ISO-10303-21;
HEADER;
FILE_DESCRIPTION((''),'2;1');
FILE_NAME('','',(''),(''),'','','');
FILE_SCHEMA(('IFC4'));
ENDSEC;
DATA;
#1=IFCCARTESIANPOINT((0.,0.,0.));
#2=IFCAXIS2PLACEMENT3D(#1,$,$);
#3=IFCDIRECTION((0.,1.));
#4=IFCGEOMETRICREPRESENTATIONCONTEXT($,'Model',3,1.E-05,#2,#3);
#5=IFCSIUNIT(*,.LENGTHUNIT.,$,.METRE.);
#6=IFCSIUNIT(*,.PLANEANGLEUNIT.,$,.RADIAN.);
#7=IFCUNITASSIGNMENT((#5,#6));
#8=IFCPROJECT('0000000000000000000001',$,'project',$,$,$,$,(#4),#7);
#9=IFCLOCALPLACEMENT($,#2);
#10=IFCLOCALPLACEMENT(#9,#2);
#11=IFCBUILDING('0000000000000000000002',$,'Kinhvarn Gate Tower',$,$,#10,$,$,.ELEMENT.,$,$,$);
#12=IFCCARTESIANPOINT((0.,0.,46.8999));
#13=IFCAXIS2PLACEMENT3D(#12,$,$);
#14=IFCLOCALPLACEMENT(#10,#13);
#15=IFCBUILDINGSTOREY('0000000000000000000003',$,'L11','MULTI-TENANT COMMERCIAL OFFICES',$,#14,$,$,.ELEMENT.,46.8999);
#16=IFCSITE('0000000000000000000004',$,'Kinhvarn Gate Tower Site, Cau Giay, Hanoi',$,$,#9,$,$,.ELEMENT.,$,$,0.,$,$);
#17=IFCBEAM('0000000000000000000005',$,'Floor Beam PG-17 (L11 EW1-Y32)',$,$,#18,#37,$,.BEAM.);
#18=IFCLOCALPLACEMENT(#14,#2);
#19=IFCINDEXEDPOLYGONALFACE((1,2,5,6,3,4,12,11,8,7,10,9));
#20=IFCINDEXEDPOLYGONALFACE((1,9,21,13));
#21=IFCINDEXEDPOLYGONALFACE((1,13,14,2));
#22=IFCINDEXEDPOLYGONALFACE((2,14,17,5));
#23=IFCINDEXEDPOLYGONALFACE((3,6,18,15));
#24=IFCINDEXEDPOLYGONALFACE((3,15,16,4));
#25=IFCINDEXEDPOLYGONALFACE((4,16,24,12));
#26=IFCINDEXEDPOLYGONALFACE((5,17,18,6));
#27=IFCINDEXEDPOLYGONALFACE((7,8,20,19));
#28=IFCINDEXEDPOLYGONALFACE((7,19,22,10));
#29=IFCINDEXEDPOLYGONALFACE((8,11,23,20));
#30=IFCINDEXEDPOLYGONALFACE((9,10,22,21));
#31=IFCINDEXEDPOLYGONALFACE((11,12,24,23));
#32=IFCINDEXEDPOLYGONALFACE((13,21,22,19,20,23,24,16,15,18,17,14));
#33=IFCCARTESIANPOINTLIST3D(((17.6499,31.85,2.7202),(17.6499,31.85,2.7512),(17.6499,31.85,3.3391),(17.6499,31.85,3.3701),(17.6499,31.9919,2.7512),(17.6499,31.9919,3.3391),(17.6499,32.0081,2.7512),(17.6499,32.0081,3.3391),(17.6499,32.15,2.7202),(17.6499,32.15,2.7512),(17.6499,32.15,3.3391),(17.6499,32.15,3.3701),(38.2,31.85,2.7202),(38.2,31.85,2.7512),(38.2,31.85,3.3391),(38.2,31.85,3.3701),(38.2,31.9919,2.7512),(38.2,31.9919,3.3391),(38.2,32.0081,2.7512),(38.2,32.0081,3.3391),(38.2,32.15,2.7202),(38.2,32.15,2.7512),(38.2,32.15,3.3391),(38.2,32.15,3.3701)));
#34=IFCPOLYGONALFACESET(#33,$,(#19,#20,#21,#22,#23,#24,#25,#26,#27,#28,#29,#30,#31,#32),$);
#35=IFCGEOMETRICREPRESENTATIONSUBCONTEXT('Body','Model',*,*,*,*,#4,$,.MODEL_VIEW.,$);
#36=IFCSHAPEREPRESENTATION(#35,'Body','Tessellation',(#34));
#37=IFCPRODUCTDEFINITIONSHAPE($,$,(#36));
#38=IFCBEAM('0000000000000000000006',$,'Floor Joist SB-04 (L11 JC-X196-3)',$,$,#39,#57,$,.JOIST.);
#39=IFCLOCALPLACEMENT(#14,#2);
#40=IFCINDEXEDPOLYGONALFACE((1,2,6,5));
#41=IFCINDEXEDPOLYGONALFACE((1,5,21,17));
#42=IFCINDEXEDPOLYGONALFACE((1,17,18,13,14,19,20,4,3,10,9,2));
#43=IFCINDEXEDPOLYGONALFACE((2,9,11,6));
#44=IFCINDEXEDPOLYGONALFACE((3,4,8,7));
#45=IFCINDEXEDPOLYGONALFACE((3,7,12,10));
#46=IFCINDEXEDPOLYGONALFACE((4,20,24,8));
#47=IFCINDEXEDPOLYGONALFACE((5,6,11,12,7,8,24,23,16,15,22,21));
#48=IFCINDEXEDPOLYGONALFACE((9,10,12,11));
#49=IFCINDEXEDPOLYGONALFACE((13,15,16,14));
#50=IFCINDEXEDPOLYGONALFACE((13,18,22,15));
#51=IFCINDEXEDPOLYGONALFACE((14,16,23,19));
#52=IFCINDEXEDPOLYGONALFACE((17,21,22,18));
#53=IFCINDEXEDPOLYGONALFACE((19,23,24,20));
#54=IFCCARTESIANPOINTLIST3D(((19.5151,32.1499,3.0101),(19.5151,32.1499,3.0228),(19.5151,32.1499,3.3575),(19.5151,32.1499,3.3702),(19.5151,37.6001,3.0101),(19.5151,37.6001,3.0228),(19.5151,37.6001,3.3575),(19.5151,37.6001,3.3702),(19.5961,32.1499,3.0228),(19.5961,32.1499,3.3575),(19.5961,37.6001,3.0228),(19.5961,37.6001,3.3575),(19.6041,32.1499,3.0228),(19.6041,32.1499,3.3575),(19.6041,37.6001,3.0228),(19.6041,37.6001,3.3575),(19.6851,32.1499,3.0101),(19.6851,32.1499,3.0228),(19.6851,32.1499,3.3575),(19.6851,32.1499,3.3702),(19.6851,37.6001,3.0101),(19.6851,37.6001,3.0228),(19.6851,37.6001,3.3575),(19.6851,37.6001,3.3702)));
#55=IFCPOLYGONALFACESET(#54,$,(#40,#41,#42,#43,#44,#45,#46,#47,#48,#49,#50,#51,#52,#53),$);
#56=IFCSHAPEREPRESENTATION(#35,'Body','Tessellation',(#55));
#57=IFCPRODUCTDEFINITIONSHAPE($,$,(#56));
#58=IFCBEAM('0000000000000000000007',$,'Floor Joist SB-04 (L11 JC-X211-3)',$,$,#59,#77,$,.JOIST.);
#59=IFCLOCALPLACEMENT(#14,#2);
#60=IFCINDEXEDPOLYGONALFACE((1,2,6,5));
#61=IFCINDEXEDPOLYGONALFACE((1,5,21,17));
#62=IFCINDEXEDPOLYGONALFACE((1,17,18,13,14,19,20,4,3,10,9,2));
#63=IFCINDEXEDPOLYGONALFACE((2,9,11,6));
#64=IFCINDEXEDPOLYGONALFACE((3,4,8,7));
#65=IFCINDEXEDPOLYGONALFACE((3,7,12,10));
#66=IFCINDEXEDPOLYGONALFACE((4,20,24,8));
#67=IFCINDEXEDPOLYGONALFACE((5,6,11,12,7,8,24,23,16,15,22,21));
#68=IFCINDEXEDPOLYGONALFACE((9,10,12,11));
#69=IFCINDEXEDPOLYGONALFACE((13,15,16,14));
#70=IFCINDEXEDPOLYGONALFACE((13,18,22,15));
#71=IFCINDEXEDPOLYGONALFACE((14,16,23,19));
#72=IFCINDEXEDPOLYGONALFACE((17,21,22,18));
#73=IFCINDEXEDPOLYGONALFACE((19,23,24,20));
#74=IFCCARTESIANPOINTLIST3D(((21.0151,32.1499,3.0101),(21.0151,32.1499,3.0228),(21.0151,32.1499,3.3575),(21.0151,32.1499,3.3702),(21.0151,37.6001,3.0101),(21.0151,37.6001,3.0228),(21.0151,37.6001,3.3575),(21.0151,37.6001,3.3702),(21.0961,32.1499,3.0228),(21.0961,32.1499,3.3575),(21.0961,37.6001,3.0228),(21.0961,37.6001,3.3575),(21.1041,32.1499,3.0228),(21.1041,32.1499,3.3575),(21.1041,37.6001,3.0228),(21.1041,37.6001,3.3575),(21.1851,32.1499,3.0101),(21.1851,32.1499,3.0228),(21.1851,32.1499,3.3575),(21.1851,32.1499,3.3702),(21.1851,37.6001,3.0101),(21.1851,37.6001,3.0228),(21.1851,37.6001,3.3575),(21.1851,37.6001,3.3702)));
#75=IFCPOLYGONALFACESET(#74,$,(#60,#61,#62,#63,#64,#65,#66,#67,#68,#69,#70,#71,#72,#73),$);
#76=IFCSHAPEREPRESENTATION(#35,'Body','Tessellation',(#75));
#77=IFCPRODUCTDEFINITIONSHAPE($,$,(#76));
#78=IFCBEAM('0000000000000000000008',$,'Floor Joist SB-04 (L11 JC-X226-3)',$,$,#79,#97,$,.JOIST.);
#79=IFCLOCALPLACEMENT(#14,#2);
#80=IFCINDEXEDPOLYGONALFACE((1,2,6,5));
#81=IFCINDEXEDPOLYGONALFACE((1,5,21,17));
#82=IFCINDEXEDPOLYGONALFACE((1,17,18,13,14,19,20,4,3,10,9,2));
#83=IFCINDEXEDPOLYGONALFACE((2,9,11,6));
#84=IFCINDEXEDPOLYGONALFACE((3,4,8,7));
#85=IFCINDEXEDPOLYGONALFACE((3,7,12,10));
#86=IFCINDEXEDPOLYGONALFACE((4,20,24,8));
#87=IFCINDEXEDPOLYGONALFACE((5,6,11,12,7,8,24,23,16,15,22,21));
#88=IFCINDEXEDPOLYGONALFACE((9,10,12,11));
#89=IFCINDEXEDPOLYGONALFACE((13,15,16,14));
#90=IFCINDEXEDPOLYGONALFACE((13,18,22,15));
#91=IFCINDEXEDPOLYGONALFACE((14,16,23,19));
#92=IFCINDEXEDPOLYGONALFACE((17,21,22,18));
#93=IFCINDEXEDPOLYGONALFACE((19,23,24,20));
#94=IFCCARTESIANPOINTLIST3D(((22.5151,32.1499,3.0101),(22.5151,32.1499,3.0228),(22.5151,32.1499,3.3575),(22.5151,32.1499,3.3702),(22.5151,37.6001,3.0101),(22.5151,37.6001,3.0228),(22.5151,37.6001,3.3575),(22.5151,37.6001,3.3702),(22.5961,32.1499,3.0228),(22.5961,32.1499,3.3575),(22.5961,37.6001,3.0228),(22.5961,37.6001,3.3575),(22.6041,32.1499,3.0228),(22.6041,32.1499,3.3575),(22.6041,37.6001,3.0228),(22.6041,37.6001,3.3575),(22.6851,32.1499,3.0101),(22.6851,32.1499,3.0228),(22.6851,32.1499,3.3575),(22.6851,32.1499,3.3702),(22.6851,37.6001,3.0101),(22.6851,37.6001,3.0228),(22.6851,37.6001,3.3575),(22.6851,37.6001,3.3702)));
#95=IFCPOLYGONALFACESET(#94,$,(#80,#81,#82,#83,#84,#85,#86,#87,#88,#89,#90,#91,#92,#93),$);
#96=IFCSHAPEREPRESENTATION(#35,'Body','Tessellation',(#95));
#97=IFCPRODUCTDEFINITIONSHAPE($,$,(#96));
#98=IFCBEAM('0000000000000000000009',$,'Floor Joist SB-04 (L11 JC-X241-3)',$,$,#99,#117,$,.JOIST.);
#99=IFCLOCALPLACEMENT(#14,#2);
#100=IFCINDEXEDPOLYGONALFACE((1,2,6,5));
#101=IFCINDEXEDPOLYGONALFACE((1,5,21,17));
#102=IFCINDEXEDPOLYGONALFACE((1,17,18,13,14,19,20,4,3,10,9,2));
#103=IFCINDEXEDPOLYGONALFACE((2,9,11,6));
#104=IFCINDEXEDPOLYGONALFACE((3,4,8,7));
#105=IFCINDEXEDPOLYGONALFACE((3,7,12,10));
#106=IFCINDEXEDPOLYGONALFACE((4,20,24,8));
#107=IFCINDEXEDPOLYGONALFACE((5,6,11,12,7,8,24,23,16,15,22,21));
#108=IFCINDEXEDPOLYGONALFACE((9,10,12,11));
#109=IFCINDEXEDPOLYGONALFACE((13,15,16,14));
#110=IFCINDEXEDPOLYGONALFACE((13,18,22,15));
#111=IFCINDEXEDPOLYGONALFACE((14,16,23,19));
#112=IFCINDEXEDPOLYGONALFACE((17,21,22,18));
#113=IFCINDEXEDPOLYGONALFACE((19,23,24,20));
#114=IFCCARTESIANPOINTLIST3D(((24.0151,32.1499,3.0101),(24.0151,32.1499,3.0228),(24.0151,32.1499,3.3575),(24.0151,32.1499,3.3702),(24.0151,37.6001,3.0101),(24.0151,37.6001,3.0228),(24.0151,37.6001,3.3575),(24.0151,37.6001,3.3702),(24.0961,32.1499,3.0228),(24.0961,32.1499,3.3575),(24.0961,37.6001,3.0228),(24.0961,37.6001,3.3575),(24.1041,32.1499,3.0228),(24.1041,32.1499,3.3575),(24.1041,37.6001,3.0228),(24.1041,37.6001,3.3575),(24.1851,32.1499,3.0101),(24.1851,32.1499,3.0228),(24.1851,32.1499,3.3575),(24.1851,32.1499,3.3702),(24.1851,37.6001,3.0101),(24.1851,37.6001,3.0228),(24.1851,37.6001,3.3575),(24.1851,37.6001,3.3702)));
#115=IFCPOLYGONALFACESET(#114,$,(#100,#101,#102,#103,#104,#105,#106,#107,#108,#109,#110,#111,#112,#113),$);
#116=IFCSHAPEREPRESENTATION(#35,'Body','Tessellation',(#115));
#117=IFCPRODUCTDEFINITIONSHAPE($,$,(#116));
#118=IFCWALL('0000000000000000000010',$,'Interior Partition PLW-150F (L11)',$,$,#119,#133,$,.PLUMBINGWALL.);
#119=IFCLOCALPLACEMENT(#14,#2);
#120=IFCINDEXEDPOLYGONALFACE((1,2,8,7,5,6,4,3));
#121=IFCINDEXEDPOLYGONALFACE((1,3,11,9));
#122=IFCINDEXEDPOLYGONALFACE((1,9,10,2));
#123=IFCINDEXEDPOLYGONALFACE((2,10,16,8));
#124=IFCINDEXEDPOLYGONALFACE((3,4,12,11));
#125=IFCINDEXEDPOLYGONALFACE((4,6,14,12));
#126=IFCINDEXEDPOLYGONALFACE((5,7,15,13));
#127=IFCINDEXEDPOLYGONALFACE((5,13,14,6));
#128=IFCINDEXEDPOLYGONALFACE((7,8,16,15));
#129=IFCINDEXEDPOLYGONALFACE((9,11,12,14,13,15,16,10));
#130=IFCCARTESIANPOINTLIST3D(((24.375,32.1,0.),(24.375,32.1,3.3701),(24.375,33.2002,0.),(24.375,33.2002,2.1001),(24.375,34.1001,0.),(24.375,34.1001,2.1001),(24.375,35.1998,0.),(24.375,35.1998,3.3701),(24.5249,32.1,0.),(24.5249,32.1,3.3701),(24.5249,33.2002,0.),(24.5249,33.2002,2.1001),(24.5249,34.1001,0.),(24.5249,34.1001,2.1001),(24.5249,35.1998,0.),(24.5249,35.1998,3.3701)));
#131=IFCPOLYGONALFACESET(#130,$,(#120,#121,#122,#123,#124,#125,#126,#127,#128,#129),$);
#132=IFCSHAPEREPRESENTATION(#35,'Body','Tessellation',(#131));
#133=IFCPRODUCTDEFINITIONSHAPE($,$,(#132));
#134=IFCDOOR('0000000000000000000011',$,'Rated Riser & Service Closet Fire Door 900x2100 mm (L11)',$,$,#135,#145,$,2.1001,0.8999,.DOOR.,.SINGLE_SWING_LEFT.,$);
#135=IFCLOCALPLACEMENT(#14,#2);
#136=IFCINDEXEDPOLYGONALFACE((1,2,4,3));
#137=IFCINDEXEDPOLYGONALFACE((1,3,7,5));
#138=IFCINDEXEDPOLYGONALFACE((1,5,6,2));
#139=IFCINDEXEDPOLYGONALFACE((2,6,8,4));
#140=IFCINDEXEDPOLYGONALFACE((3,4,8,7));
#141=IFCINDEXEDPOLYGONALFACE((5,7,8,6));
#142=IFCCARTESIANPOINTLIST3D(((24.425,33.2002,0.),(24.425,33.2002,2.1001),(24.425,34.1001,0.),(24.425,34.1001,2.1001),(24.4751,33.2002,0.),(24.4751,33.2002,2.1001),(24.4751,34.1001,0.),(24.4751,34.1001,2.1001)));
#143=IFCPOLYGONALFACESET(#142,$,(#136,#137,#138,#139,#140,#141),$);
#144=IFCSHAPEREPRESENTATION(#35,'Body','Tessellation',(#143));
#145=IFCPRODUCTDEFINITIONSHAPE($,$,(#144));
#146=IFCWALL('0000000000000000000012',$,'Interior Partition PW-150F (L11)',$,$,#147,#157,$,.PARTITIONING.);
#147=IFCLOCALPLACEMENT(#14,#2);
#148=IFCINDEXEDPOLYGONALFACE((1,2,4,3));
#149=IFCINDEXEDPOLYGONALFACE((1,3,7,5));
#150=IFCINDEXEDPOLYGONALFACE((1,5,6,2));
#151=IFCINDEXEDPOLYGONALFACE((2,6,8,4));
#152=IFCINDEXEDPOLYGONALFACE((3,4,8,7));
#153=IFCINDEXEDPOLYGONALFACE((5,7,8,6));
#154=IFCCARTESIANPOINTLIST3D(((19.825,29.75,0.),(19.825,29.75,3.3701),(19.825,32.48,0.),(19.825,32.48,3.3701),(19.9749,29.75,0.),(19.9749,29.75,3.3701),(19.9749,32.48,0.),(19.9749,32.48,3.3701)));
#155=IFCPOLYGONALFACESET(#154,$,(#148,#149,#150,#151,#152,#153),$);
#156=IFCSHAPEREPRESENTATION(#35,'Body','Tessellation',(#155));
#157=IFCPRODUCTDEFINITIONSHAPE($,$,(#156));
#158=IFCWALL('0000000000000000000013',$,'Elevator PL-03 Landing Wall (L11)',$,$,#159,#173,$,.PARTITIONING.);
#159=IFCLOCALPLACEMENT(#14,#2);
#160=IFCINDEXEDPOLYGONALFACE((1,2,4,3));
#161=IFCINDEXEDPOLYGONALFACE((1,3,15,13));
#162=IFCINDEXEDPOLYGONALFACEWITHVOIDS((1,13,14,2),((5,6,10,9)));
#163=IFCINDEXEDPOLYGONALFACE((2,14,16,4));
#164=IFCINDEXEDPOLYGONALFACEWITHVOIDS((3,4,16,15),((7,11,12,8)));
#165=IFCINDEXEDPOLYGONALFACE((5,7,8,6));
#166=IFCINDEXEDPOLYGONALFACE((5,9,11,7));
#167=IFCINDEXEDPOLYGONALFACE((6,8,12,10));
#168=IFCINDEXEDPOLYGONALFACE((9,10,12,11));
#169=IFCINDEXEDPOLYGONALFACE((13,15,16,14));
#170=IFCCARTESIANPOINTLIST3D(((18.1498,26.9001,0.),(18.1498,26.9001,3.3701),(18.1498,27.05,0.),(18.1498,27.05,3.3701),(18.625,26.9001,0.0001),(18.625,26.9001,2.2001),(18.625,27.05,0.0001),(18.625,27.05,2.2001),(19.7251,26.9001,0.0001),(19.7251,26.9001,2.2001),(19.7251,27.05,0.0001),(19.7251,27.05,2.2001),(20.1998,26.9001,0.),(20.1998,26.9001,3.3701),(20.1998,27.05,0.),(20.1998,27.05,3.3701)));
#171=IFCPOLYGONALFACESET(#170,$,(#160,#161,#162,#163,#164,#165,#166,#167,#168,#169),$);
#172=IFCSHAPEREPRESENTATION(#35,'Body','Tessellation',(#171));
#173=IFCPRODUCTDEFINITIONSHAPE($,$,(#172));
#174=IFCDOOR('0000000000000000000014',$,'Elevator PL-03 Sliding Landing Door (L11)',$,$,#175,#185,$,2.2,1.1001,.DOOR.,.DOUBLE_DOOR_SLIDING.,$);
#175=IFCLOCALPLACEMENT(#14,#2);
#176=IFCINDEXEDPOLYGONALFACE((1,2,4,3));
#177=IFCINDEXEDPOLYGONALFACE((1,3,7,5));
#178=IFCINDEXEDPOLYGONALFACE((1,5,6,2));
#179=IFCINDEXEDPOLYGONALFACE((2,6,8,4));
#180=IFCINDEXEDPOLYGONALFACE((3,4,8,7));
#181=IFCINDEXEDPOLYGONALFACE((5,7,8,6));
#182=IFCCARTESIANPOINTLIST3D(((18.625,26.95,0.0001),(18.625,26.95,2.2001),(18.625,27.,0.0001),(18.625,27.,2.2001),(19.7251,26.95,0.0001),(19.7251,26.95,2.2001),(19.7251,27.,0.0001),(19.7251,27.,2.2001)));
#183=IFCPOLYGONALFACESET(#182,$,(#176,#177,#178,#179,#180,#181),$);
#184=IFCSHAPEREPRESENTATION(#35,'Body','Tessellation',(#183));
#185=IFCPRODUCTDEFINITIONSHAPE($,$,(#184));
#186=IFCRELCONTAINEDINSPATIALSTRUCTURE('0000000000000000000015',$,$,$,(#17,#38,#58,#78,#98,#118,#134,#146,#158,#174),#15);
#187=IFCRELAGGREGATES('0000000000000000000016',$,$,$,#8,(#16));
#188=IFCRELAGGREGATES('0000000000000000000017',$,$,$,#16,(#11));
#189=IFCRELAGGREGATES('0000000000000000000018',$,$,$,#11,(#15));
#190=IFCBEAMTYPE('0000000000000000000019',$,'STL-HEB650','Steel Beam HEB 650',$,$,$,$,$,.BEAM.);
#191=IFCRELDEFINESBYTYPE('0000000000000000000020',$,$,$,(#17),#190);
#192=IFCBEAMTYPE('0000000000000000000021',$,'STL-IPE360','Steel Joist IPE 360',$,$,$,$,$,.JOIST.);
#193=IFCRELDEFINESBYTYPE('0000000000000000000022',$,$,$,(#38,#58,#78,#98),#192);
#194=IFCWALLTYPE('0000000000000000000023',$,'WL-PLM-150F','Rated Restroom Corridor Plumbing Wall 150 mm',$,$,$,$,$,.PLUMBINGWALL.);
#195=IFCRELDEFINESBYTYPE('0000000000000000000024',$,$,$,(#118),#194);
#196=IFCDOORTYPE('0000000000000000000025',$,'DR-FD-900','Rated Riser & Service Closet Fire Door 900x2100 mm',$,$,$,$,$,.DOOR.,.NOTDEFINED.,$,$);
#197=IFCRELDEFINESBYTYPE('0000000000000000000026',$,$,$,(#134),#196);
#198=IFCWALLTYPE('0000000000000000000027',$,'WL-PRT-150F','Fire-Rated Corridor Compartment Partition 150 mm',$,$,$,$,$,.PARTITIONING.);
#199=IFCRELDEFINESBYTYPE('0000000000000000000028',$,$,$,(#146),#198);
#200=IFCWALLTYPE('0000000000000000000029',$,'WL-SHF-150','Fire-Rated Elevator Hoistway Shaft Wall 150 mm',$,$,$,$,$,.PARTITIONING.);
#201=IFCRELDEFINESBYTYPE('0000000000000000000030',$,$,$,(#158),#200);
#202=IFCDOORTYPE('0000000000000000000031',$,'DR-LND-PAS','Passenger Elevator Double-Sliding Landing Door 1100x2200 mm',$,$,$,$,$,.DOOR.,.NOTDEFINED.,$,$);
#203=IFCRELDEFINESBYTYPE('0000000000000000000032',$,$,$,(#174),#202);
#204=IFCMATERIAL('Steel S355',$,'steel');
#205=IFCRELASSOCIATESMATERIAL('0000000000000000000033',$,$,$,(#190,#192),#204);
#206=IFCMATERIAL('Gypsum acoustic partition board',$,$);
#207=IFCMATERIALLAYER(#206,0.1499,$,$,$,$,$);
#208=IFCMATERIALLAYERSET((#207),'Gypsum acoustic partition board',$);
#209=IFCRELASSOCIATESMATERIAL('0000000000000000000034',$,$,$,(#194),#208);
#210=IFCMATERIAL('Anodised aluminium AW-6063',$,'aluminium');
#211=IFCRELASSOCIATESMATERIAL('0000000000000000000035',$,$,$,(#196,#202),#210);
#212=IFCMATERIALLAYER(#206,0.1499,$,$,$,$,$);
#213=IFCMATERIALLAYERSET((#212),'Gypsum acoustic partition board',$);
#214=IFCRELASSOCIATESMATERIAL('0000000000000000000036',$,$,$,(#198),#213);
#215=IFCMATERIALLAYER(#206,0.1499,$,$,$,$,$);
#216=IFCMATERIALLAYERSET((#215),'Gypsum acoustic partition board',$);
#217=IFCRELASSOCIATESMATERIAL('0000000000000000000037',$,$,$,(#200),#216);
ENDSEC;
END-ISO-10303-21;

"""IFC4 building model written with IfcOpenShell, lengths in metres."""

from ifc_helpers import new_model, si_unit, direction, frame, frame_2d, origin, origin_2d, place, context, subcontext, project, spatial, rectangle, i_section, extrude, material, layer, layer_set, material_profile, profile_set, type_object, element, fill, save


model = new_model("IFC4")

# Units and contexts
model_context = context("Model", 3, precision=1e-05, world=origin(), true_north=direction((0.0, 1.0)))
body_context = subcontext(model_context, "Body", "Model", "MODEL_VIEW")
ifc_project = project(units=[si_unit("LENGTHUNIT", "METRE"), si_unit("PLANEANGLEUNIT", "RADIAN")], contexts=[model_context])

# Site, building, storey
site_placement = place(None, origin())
site = spatial("IfcSite", under=ifc_project, at=site_placement, Name="Kinhvarn Gate Tower Site, Cau Giay, Hanoi", CompositionType="ELEMENT", RefElevation=0.0)
building_placement = place(site_placement, origin())
building = spatial("IfcBuilding", under=site, at=building_placement, Name="Kinhvarn Gate Tower", CompositionType="ELEMENT")
storey_placement = place(building_placement, frame((0.0, 0.0, 46.8999)))
storey = spatial("IfcBuildingStorey", under=building, at=storey_placement, Name="L11", Description="MULTI-TENANT COMMERCIAL OFFICES", CompositionType="ELEMENT", Elevation=46.8999)

# Beams
ifc_material_1 = material(Name="Steel S355", Category="steel")
ifc_material_profile_1 = material_profile(ifc_material_1, i_section(OverallWidth=0.3, OverallDepth=0.6499, WebThickness=0.0161, FlangeThickness=0.031, at=origin_2d()), Name="HEB 650")
ifc_profile_set_1 = profile_set([ifc_material_profile_1], Name="Steel S355")
beam_type_1 = type_object("IfcBeamType", Name="STL-HEB650", Description="Steel Beam HEB 650", PredefinedType="BEAM", material=ifc_profile_set_1)
beam_placement = place(storey_placement, frame((17.6499, 32.0, 3.0452), z_axis=(1.0, 0.0, 0.0), x_axis=(0.0, 1.0, 0.0)))
element("IfcBeam", 1, at=beam_placement, inside=storey, type_object=beam_type_1, Name="Floor Beam PG-17 (L11 EW1-Y32)", PredefinedType="BEAM", context=body_context, shape_type="SweptSolid", body=[
    extrude(i_section(OverallWidth=0.3, OverallDepth=0.6499, WebThickness=0.0161, FlangeThickness=0.031, at=origin_2d()), origin(), (0.0, 0.0, 1.0), 20.55),
])
ifc_material_profile_2 = material_profile(ifc_material_1, i_section(OverallWidth=0.1699, OverallDepth=0.3601, WebThickness=0.0081, FlangeThickness=0.0127, at=origin_2d()), Name="IPE 360")
ifc_profile_set_2 = profile_set([ifc_material_profile_2], Name="Steel S355")
beam_type_2 = type_object("IfcBeamType", Name="STL-IPE360", Description="Steel Joist IPE 360", PredefinedType="JOIST", material=ifc_profile_set_2)
for number, where, z_axis, x_axis, name in (
    (2, (19.6001, 32.1499, 3.1902), (0.0, 1.0, 0.0), (-1.0, 0.0, 0.0), "Floor Joist SB-04 (L11 JC-X196-3)"),
    (3, (21.1001, 32.1499, 3.1902), (0.0, 1.0, 0.0), (-1.0, 0.0, 0.0), "Floor Joist SB-04 (L11 JC-X211-3)"),
    (4, (22.6001, 32.1499, 3.1902), (0.0, 1.0, 0.0), (-1.0, 0.0, 0.0), "Floor Joist SB-04 (L11 JC-X226-3)"),
    (5, (24.1001, 32.1499, 3.1902), (0.0, 1.0, 0.0), (-1.0, 0.0, 0.0), "Floor Joist SB-04 (L11 JC-X241-3)"),
):
    element("IfcBeam", number, at=place(storey_placement, frame(where, z_axis=z_axis, x_axis=x_axis)), inside=storey, type_object=beam_type_2, Name=name, PredefinedType="JOIST", context=body_context, shape_type="SweptSolid", body=[
        extrude(i_section(OverallWidth=0.1699, OverallDepth=0.3601, WebThickness=0.0081, FlangeThickness=0.0127, at=origin_2d()), origin(), (0.0, 0.0, 1.0), 5.4502),
    ])

# Wall, opening, door
ifc_material_2 = material(Name="Gypsum acoustic partition board")
ifc_layer_1 = layer(ifc_material_2, 0.1499)
ifc_layer_set_1 = layer_set([ifc_layer_1], Name="Gypsum acoustic partition board")
wall_type_1 = type_object("IfcWallType", Name="WL-PLM-150F", Description="Rated Restroom Corridor Plumbing Wall 150 mm", PredefinedType="PLUMBINGWALL", material=ifc_layer_set_1)
wall_1_placement = place(storey_placement, frame((24.45, 32.1001, 0.0), z_axis=(0.0, 0.0, 1.0), x_axis=(0.0, 1.0, 0.0)))
wall_1 = element("IfcWall", 6, at=wall_1_placement, inside=storey, type_object=wall_type_1, Name="Interior Partition PLW-150F (L11)", PredefinedType="PLUMBINGWALL", context=body_context, shape_type="SweptSolid", body=[
    extrude(rectangle(XDim=3.0999, YDim=0.1499, at=frame_2d((1.5498, 0.0))), origin(), (0.0, 0.0, 1.0), 3.3701),
])
opening_1_placement = place(wall_1_placement, frame((1.1001, 0.0, 0.0)))
opening_1 = element("IfcOpeningElement", 7, at=opening_1_placement, cuts=wall_1, PredefinedType="OPENING", context=body_context, shape_type="SweptSolid", body=[
    extrude(rectangle(XDim=0.8999, YDim=2.1001, at=frame_2d((0.45, 1.05))), frame((0.0, 0.085, 0.0), z_axis=(0.0, -1.0, 0.0), x_axis=(1.0, 0.0, 0.0)), (0.0, 0.0, 1.0), 0.1699),
])
ifc_material_3 = material(Name="Anodised aluminium AW-6063", Category="aluminium")
door_type_1 = type_object("IfcDoorType", Name="DR-FD-900", Description="Rated Riser & Service Closet Fire Door 900x2100 mm", OperationType="NOTDEFINED", PredefinedType="DOOR", material=ifc_material_3)
door_1_placement = place(opening_1_placement, origin())
door_1 = element("IfcDoor", 8, at=door_1_placement, inside=storey, type_object=door_type_1, Name="Rated Riser & Service Closet Fire Door 900x2100 mm (L11)", OperationType="SINGLE_SWING_LEFT", OverallHeight=2.1001, OverallWidth=0.8999, PredefinedType="DOOR", context=body_context, shape_type="SweptSolid", body=[
    extrude(rectangle(XDim=0.8999, YDim=2.1001, at=frame_2d((0.45, 1.05))), frame((0.0, 0.0249, 0.0), z_axis=(0.0, -1.0, 0.0), x_axis=(1.0, 0.0, 0.0)), (0.0, 0.0, 1.0), 0.05),
])
fill(opening_1, door_1)
ifc_layer_2 = layer(ifc_material_2, 0.1499)
ifc_layer_set_2 = layer_set([ifc_layer_2], Name="Gypsum acoustic partition board")
wall_type_2 = type_object("IfcWallType", Name="WL-PRT-150F", Description="Fire-Rated Corridor Compartment Partition 150 mm", PredefinedType="PARTITIONING", material=ifc_layer_set_2)

# Wall
wall_2_placement = place(storey_placement, frame((19.8999, 29.75, 0.0), z_axis=(0.0, 0.0, 1.0), x_axis=(0.0, 1.0, 0.0)))
element("IfcWall", 9, at=wall_2_placement, inside=storey, type_object=wall_type_2, Name="Interior Partition PW-150F (L11)", PredefinedType="PARTITIONING", context=body_context, shape_type="SweptSolid", body=[
    extrude(rectangle(XDim=2.73, YDim=0.1499, at=frame_2d((1.365, 0.0))), origin(), (0.0, 0.0, 1.0), 3.3701),
])

# Wall, opening, door
ifc_layer_3 = layer(ifc_material_2, 0.1499)
ifc_layer_set_3 = layer_set([ifc_layer_3], Name="Gypsum acoustic partition board")
wall_type_3 = type_object("IfcWallType", Name="WL-SHF-150", Description="Fire-Rated Elevator Hoistway Shaft Wall 150 mm", PredefinedType="PARTITIONING", material=ifc_layer_set_3)
wall_3_placement = place(storey_placement, frame((18.1499, 26.9751, 0.0), z_axis=(0.0, 0.0, 1.0), x_axis=(1.0, 0.0, 0.0)))
wall_3 = element("IfcWall", 10, at=wall_3_placement, inside=storey, type_object=wall_type_3, Name="Elevator PL-03 Landing Wall (L11)", PredefinedType="PARTITIONING", context=body_context, shape_type="SweptSolid", body=[
    extrude(rectangle(XDim=2.05, YDim=0.1499, at=frame_2d((1.0249, 0.0))), origin(), (0.0, 0.0, 1.0), 3.3701),
])
opening_2_placement = place(wall_3_placement, frame((0.4751, 0.0, 0.0)))
opening_2 = element("IfcOpeningElement", 11, at=opening_2_placement, cuts=wall_3, PredefinedType="OPENING", context=body_context, shape_type="SweptSolid", body=[
    extrude(rectangle(XDim=1.1001, YDim=2.2, at=frame_2d((0.55, 1.1001))), frame((0.0, 0.085, 0.0), z_axis=(0.0, -1.0, 0.0), x_axis=(1.0, 0.0, 0.0)), (0.0, 0.0, 1.0), 0.1699),
])
door_type_2 = type_object("IfcDoorType", Name="DR-LND-PAS", Description="Passenger Elevator Double-Sliding Landing Door 1100x2200 mm", OperationType="NOTDEFINED", PredefinedType="DOOR", material=ifc_material_3)
door_2_placement = place(opening_2_placement, origin())
door_2 = element("IfcDoor", 12, at=door_2_placement, inside=storey, type_object=door_type_2, Name="Elevator PL-03 Sliding Landing Door (L11)", OperationType="DOUBLE_DOOR_SLIDING", OverallHeight=2.2, OverallWidth=1.1001, PredefinedType="DOOR", context=body_context, shape_type="SweptSolid", body=[
    extrude(rectangle(XDim=1.1001, YDim=2.2, at=frame_2d((0.55, 1.1001))), frame((0.0, 0.0249, 0.0), z_axis=(0.0, -1.0, 0.0), x_axis=(1.0, 0.0, 0.0)), (0.0, 0.0, 1.0), 0.05),
])
fill(opening_2, door_2)

save(model, "model.ifc")
